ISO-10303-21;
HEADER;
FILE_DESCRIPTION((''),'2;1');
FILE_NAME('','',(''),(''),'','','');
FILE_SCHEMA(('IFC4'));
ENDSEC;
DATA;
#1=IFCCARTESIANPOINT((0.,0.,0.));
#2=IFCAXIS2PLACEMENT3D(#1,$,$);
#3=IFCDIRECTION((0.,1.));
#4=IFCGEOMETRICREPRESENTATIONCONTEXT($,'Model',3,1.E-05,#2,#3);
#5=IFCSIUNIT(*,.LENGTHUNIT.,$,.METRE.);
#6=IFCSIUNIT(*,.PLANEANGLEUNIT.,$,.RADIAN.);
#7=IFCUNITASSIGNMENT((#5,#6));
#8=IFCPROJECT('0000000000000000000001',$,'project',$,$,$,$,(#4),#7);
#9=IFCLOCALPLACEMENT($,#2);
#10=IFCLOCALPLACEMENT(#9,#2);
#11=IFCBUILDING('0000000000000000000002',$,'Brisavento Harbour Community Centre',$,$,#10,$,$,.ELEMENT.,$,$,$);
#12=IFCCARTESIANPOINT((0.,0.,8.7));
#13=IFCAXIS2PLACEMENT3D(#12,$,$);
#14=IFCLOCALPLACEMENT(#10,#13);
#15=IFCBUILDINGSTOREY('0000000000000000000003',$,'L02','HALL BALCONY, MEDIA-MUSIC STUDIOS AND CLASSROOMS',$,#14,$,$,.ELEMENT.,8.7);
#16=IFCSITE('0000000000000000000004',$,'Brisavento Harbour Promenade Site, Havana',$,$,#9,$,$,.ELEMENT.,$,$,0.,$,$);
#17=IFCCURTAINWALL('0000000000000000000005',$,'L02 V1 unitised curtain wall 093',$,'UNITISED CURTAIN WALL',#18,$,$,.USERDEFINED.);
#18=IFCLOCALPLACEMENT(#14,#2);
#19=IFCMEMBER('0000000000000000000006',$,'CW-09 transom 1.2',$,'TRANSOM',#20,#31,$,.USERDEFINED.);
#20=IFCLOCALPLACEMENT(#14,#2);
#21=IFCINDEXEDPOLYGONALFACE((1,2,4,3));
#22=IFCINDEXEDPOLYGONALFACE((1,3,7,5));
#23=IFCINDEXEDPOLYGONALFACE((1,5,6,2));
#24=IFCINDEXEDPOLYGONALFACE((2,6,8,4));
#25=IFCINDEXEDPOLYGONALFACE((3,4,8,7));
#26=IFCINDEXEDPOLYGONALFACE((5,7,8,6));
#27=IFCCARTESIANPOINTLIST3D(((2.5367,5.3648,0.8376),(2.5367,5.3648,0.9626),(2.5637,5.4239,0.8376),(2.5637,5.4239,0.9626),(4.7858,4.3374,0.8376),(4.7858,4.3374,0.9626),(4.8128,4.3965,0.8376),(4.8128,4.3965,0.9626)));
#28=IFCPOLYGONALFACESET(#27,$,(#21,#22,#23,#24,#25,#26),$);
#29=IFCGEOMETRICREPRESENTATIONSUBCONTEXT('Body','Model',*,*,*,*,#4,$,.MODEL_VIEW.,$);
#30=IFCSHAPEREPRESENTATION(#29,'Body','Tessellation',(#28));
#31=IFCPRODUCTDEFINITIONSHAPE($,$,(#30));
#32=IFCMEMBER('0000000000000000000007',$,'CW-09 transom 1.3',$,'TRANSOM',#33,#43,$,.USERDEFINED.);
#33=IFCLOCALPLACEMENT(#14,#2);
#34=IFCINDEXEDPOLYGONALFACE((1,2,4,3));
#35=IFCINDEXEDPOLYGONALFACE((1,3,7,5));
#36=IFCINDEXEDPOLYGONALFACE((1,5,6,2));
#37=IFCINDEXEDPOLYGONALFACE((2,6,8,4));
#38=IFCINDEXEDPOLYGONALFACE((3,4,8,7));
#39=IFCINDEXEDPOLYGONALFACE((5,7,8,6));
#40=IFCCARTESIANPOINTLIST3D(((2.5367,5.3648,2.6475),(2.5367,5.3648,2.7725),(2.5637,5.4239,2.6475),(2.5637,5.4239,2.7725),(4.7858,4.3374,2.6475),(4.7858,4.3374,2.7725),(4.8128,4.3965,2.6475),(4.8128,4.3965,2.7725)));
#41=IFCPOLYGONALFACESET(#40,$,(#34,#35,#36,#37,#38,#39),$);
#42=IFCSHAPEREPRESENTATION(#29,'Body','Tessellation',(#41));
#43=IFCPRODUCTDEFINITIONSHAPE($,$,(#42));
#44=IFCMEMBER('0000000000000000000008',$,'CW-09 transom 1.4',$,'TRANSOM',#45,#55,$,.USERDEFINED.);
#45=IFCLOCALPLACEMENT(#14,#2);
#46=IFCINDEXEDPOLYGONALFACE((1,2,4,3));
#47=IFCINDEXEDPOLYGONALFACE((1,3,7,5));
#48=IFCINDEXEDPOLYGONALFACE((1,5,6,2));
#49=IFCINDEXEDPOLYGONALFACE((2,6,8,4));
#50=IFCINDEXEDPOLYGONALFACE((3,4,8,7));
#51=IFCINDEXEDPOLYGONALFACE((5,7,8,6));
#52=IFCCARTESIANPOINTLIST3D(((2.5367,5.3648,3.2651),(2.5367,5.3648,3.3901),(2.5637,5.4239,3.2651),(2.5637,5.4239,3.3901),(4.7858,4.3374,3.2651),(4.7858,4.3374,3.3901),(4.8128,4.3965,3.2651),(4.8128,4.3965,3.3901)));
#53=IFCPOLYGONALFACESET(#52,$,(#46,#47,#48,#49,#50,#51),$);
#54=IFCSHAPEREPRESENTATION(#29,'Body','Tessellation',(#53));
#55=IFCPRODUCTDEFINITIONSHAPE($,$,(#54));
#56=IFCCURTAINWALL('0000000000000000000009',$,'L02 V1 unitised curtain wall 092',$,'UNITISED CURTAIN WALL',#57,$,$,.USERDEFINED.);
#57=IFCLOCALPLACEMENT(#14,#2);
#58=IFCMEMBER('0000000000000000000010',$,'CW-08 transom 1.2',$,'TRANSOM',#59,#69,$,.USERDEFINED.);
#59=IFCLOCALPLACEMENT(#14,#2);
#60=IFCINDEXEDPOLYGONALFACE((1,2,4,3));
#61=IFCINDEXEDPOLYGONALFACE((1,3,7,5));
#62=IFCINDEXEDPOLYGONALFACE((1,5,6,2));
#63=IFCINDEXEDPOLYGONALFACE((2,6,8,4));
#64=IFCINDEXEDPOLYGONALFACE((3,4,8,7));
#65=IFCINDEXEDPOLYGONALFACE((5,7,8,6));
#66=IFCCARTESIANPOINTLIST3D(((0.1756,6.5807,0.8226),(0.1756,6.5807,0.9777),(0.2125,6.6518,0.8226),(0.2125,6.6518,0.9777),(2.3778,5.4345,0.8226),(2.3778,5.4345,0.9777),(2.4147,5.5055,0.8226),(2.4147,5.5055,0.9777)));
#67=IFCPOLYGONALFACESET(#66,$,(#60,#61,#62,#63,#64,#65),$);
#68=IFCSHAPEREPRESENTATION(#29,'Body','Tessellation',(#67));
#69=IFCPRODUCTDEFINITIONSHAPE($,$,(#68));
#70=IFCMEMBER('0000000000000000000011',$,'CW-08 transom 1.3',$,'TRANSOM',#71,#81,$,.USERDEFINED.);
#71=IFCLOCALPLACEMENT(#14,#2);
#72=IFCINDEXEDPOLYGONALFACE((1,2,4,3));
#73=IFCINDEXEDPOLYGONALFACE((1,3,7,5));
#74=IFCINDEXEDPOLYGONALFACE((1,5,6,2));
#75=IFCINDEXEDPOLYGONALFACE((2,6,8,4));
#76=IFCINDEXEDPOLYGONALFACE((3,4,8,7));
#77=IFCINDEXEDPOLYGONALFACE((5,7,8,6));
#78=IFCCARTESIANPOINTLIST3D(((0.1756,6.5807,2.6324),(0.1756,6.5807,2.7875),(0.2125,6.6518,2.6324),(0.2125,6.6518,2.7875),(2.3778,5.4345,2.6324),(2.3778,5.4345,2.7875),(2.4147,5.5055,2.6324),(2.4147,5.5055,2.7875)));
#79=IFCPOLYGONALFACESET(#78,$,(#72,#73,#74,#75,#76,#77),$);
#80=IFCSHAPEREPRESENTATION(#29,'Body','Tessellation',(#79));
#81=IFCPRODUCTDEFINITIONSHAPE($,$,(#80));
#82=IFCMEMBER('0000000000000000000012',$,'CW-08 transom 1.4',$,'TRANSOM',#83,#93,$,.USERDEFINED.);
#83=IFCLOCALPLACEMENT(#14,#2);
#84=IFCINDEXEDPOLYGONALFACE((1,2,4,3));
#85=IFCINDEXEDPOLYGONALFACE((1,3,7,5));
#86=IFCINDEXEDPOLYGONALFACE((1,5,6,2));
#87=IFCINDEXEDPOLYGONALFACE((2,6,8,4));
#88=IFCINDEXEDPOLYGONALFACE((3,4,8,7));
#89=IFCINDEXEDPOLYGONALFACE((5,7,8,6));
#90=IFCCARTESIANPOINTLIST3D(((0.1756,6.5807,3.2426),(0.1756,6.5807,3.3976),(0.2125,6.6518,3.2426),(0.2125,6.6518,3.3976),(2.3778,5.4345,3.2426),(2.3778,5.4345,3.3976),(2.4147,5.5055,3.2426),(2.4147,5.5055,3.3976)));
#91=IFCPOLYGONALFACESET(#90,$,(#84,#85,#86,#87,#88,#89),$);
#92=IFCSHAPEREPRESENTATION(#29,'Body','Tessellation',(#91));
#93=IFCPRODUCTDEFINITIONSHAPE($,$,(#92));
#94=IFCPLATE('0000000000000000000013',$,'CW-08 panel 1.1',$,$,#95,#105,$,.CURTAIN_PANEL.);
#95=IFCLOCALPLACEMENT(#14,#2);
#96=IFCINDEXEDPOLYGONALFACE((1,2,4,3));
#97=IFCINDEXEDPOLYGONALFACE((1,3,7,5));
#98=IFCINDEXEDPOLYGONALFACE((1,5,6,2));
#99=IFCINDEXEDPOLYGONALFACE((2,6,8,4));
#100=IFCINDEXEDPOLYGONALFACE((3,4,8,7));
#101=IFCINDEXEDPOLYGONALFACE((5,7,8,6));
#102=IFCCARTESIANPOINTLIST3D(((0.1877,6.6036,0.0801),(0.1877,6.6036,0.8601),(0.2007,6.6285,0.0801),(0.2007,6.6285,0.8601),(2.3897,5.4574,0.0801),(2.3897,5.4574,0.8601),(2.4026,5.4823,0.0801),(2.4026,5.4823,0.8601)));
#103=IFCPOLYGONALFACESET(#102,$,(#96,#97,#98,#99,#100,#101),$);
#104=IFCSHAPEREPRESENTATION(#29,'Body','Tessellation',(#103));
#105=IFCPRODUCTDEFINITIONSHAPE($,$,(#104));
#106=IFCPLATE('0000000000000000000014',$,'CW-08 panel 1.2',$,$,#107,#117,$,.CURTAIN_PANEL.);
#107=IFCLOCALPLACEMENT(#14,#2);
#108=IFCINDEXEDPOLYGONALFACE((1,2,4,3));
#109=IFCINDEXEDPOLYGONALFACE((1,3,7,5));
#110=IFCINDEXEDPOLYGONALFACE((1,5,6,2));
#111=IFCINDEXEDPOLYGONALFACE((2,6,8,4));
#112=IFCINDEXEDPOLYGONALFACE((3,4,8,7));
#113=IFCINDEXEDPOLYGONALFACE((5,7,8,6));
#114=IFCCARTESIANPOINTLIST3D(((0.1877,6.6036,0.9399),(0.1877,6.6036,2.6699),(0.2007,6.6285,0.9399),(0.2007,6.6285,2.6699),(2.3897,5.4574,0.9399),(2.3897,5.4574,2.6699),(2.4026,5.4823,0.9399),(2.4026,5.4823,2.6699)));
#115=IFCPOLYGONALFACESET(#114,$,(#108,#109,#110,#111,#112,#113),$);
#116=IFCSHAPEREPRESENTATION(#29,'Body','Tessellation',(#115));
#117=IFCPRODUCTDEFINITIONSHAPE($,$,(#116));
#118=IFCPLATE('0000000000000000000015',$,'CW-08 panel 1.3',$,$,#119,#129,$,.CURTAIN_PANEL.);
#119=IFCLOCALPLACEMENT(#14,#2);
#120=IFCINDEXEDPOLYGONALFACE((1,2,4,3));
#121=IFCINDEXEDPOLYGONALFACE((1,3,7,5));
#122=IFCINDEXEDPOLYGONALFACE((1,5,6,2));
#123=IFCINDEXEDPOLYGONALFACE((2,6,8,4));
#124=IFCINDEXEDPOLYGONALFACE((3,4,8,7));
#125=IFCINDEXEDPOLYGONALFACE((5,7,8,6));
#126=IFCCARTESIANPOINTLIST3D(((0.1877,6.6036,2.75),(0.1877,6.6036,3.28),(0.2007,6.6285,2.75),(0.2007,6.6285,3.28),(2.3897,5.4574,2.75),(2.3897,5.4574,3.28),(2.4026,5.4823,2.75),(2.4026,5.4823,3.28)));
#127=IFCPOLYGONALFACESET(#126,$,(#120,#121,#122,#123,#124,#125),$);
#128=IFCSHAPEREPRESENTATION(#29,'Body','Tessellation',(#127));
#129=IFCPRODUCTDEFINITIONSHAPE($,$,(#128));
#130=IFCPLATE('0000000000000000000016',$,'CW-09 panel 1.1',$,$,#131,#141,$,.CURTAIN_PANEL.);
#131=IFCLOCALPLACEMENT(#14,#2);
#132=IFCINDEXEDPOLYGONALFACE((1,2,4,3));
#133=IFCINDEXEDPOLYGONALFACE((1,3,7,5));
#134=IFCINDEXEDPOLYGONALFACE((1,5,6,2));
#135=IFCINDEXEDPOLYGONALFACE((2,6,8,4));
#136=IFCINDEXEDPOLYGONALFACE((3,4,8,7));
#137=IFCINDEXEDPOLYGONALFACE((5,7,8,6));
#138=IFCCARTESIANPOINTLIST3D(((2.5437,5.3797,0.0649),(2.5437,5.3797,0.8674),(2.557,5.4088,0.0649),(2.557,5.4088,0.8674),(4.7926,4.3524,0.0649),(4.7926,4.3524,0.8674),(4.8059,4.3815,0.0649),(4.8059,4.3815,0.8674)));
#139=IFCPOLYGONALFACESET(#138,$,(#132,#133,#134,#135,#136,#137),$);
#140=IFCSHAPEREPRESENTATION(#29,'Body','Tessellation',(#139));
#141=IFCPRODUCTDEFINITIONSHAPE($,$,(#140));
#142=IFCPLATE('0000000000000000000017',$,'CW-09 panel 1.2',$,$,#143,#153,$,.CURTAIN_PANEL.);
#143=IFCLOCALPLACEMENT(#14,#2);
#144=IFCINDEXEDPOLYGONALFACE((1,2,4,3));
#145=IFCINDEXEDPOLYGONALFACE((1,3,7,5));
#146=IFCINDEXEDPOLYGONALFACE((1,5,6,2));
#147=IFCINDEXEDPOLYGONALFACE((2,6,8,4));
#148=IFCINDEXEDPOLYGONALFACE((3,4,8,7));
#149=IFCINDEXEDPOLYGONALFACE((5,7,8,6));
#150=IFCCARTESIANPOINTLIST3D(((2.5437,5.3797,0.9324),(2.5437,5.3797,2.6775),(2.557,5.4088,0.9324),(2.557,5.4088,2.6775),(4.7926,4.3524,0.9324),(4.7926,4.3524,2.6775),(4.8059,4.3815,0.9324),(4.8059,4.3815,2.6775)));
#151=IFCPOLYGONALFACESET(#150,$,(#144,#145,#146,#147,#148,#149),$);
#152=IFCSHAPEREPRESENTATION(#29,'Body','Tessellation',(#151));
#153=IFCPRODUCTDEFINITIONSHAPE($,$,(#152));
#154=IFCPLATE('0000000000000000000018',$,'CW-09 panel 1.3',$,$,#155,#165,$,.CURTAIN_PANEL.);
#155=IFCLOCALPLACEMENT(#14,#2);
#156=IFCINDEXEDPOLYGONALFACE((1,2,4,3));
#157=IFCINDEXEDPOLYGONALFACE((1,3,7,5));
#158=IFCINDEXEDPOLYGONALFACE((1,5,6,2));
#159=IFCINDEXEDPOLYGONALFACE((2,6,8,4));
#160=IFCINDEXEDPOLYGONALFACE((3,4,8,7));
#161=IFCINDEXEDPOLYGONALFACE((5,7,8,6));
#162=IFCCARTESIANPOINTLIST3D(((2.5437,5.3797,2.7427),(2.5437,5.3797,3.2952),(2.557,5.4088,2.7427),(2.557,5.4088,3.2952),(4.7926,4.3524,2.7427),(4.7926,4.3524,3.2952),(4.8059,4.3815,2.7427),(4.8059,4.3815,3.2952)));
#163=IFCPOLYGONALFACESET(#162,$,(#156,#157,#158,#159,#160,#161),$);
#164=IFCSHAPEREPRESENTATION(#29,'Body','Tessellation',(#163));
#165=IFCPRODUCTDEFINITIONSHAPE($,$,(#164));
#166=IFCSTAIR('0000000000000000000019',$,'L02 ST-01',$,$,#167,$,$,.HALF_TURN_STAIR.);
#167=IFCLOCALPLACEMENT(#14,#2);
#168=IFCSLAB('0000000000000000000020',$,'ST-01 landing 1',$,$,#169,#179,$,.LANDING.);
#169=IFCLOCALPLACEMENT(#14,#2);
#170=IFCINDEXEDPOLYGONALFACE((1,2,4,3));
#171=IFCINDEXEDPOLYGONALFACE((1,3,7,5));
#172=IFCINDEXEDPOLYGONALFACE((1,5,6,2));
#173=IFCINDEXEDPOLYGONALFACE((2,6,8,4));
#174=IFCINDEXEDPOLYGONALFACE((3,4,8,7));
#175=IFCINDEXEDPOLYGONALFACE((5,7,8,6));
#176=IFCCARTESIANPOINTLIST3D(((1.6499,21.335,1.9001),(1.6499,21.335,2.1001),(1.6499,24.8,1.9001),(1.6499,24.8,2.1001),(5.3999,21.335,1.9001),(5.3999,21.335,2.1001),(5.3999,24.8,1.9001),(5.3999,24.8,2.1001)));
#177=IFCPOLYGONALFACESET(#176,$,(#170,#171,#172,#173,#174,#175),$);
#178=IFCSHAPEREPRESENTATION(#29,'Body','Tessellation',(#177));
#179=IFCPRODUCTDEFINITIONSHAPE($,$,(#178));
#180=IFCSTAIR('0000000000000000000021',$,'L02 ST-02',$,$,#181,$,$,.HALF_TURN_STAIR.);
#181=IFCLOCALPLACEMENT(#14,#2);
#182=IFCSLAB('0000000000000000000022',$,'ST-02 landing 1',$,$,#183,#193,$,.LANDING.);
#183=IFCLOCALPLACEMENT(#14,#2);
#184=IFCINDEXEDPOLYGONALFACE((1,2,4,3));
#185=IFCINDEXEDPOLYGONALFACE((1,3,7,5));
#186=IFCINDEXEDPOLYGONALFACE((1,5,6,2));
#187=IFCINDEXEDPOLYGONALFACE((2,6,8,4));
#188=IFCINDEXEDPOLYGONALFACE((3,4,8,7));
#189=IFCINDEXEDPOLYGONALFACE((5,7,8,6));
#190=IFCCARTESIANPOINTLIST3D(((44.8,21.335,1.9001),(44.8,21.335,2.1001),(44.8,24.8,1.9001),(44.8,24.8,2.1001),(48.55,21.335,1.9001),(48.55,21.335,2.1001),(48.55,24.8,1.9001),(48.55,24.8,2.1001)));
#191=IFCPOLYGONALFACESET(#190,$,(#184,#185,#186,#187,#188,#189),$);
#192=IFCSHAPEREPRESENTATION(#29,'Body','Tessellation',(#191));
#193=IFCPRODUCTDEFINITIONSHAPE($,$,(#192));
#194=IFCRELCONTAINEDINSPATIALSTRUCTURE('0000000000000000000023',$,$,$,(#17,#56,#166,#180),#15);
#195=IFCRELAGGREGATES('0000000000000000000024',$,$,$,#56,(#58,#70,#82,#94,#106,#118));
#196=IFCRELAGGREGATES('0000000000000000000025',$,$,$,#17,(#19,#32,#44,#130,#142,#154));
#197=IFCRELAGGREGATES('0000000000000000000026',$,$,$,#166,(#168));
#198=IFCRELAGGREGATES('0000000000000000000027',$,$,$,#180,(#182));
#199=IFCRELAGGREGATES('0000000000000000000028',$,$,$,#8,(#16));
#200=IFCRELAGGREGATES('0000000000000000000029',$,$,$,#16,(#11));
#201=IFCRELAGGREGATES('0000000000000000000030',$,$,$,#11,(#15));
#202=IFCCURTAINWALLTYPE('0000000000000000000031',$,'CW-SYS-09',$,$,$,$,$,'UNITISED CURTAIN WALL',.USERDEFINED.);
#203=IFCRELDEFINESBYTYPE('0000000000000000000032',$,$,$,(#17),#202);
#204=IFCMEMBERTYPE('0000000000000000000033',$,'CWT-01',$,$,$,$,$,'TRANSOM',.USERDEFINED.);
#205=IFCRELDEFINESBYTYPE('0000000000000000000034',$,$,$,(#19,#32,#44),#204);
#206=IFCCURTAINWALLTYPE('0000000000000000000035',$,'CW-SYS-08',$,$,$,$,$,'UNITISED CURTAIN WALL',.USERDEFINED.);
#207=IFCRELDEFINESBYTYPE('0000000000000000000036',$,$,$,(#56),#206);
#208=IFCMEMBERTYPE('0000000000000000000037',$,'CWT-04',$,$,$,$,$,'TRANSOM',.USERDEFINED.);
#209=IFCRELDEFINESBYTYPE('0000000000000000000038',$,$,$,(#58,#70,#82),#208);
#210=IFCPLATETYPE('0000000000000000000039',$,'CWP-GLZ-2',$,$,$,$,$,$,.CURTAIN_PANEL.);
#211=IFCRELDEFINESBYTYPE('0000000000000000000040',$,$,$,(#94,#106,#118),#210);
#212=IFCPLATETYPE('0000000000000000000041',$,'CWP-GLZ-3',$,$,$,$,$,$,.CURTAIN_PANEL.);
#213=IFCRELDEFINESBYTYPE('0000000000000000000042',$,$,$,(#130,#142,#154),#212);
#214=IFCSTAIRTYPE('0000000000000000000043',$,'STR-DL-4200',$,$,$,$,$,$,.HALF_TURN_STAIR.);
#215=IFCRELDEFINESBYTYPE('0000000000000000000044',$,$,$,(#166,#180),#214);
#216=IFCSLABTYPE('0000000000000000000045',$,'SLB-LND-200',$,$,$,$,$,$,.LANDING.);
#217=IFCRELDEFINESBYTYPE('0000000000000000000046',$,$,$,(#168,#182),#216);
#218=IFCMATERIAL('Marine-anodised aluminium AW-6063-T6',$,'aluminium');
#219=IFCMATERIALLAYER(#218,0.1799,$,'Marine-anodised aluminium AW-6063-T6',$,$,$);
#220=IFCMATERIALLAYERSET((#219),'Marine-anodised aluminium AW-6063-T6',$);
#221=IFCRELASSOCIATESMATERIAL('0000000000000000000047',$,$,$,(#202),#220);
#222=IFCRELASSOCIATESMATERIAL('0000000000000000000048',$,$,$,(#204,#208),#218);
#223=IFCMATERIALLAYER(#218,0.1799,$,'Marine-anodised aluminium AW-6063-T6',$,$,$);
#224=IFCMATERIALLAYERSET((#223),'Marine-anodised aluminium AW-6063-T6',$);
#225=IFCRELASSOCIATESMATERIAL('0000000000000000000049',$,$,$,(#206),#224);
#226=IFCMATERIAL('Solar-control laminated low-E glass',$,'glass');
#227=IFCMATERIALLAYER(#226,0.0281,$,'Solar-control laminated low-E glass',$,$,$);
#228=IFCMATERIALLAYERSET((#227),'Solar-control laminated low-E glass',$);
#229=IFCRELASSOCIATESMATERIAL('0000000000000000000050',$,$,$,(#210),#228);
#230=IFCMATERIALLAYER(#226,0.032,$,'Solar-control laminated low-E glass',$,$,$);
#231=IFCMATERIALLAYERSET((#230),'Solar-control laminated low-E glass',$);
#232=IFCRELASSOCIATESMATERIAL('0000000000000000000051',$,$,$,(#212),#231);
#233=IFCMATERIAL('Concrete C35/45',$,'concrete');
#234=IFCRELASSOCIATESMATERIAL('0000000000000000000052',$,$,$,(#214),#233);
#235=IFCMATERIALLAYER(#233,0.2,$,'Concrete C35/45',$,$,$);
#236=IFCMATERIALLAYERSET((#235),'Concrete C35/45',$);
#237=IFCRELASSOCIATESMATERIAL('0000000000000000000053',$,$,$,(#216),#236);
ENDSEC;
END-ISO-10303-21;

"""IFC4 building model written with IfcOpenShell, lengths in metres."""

from ifc_helpers import new_model, si_unit, direction, frame, origin, origin_2d, place, context, subcontext, project, spatial, polyline, rectangle, outline, extrude, material, layer, layer_set, material_profile, profile_set, type_object, element, aggregate, save


model = new_model("IFC4")

# Units and contexts
model_context = context("Model", 3, precision=1e-05, world=origin(), true_north=direction((0.0, 1.0)))
body_context = subcontext(model_context, "Body", "Model", "MODEL_VIEW")
ifc_project = project(units=[si_unit("LENGTHUNIT", "METRE"), si_unit("PLANEANGLEUNIT", "RADIAN")], contexts=[model_context])

# Site, building, storey
site_placement = place(None, origin())
site = spatial("IfcSite", under=ifc_project, at=site_placement, Name="Brisavento Harbour Promenade Site, Havana", CompositionType="ELEMENT", RefElevation=0.0)
building_placement = place(site_placement, origin())
building = spatial("IfcBuilding", under=site, at=building_placement, Name="Brisavento Harbour Community Centre", CompositionType="ELEMENT")
storey_placement = place(building_placement, frame((0.0, 0.0, 8.7)))
storey = spatial("IfcBuildingStorey", under=building, at=storey_placement, Name="L02", Description="HALL BALCONY, MEDIA-MUSIC STUDIOS AND CLASSROOMS", CompositionType="ELEMENT", Elevation=8.7)

# Curtain wall, members
ifc_material_1 = material(Name="Marine-anodised aluminium AW-6063-T6", Category="aluminium")
ifc_layer_1 = layer(ifc_material_1, 0.1799, Name="Marine-anodised aluminium AW-6063-T6")
ifc_layer_set_1 = layer_set([ifc_layer_1], Name="Marine-anodised aluminium AW-6063-T6")
curtain_wall_type_1 = type_object("IfcCurtainWallType", Name="CW-SYS-09", ElementType="UNITISED CURTAIN WALL", PredefinedType="USERDEFINED", material=ifc_layer_set_1)
curtain_wall_1_placement = place(storey_placement, origin())
curtain_wall_1 = element("IfcCurtainWall", 1, at=curtain_wall_1_placement, inside=storey, type_object=curtain_wall_type_1, Name="L02 V1 unitised curtain wall 093", ObjectType="UNITISED CURTAIN WALL", PredefinedType="USERDEFINED")
ifc_material_profile_1 = material_profile(ifc_material_1, rectangle(XDim=0.0649, YDim=0.125, at=origin_2d()), Name="Marine-anodised aluminium AW-6063-T6")
ifc_profile_set_1 = profile_set([ifc_material_profile_1], Name="Marine-anodised aluminium AW-6063-T6")
member_type_1 = type_object("IfcMemberType", Name="CWT-01", ElementType="TRANSOM", PredefinedType="USERDEFINED", material=ifc_profile_set_1)
member_1_placement = place(storey_placement, frame((4.7993, 4.3669, 0.9001), z_axis=(-0.909594, 0.415498, 0.0), x_axis=(-0.415498, -0.909594, 0.0)))
member_1 = element("IfcMember", 2, at=member_1_placement, type_object=member_type_1, Name="CW-09 transom 1.2", ObjectType="TRANSOM", PredefinedType="USERDEFINED", context=body_context, shape_type="SweptSolid", body=[
    extrude(rectangle(XDim=0.0649, YDim=0.125, at=origin_2d()), origin(), (0.0, 0.0, 1.0), 2.4727),
])
member_2_placement = place(storey_placement, frame((4.7993, 4.3669, 2.71), z_axis=(-0.909594, 0.415498, 0.0), x_axis=(-0.415498, -0.909594, 0.0)))
member_2 = element("IfcMember", 3, at=member_2_placement, type_object=member_type_1, Name="CW-09 transom 1.3", ObjectType="TRANSOM", PredefinedType="USERDEFINED", context=body_context, shape_type="SweptSolid", body=[
    extrude(rectangle(XDim=0.0649, YDim=0.125, at=origin_2d()), origin(), (0.0, 0.0, 1.0), 2.4727),
])
member_3_placement = place(storey_placement, frame((4.7993, 4.3669, 3.3276), z_axis=(-0.909594, 0.415498, 0.0), x_axis=(-0.415498, -0.909594, 0.0)))
member_3 = element("IfcMember", 4, at=member_3_placement, type_object=member_type_1, Name="CW-09 transom 1.4", ObjectType="TRANSOM", PredefinedType="USERDEFINED", context=body_context, shape_type="SweptSolid", body=[
    extrude(rectangle(XDim=0.0649, YDim=0.125, at=origin_2d()), origin(), (0.0, 0.0, 1.0), 2.4727),
])

# Curtain wall, members, plates
ifc_layer_2 = layer(ifc_material_1, 0.1799, Name="Marine-anodised aluminium AW-6063-T6")
ifc_layer_set_2 = layer_set([ifc_layer_2], Name="Marine-anodised aluminium AW-6063-T6")
curtain_wall_type_2 = type_object("IfcCurtainWallType", Name="CW-SYS-08", ElementType="UNITISED CURTAIN WALL", PredefinedType="USERDEFINED", material=ifc_layer_set_2)
curtain_wall_2_placement = place(storey_placement, origin())
curtain_wall_2 = element("IfcCurtainWall", 5, at=curtain_wall_2_placement, inside=storey, type_object=curtain_wall_type_2, Name="L02 V1 unitised curtain wall 092", ObjectType="UNITISED CURTAIN WALL", PredefinedType="USERDEFINED")
ifc_material_profile_2 = material_profile(ifc_material_1, rectangle(XDim=0.0801, YDim=0.155, at=origin_2d()), Name="Marine-anodised aluminium AW-6063-T6")
ifc_profile_set_2 = profile_set([ifc_material_profile_2], Name="Marine-anodised aluminium AW-6063-T6")
member_type_2 = type_object("IfcMemberType", Name="CWT-04", ElementType="TRANSOM", PredefinedType="USERDEFINED", material=ifc_profile_set_2)
member_4_placement = place(storey_placement, frame((2.3962, 5.47, 0.9001), z_axis=(-0.887032, 0.461709, 0.0), x_axis=(-0.461709, -0.887032, 0.0)))
member_4 = element("IfcMember", 6, at=member_4_placement, type_object=member_type_2, Name="CW-08 transom 1.2", ObjectType="TRANSOM", PredefinedType="USERDEFINED", context=body_context, shape_type="SweptSolid", body=[
    extrude(rectangle(XDim=0.0801, YDim=0.155, at=origin_2d()), origin(), (0.0, 0.0, 1.0), 2.4827),
])
member_5_placement = place(storey_placement, frame((2.3962, 5.47, 2.71), z_axis=(-0.887032, 0.461709, 0.0), x_axis=(-0.461709, -0.887032, 0.0)))
member_5 = element("IfcMember", 7, at=member_5_placement, type_object=member_type_2, Name="CW-08 transom 1.3", ObjectType="TRANSOM", PredefinedType="USERDEFINED", context=body_context, shape_type="SweptSolid", body=[
    extrude(rectangle(XDim=0.0801, YDim=0.155, at=origin_2d()), origin(), (0.0, 0.0, 1.0), 2.4827),
])
member_6_placement = place(storey_placement, frame((2.3962, 5.47, 3.3201), z_axis=(-0.887032, 0.461709, 0.0), x_axis=(-0.461709, -0.887032, 0.0)))
member_6 = element("IfcMember", 8, at=member_6_placement, type_object=member_type_2, Name="CW-08 transom 1.4", ObjectType="TRANSOM", PredefinedType="USERDEFINED", context=body_context, shape_type="SweptSolid", body=[
    extrude(rectangle(XDim=0.0801, YDim=0.155, at=origin_2d()), origin(), (0.0, 0.0, 1.0), 2.4827),
])
ifc_material_2 = material(Name="Solar-control laminated low-E glass", Category="glass")
ifc_layer_3 = layer(ifc_material_2, 0.0281, Name="Solar-control laminated low-E glass")
ifc_layer_set_3 = layer_set([ifc_layer_3], Name="Solar-control laminated low-E glass")
plate_type_1 = type_object("IfcPlateType", Name="CWP-GLZ-2", PredefinedType="CURTAIN_PANEL", material=ifc_layer_set_3)
plate_1_placement = place(storey_placement, frame((1.2952, 6.043, 0.0801), z_axis=(0.0, 0.0, 1.0), x_axis=(-0.88702, 0.461732, 0.0)))
plate_1 = element("IfcPlate", 9, at=plate_1_placement, type_object=plate_type_1, Name="CW-08 panel 1.1", PredefinedType="CURTAIN_PANEL", context=body_context, shape_type="SweptSolid", body=[
    extrude(rectangle(XDim=2.4824, YDim=0.0281, at=origin_2d()), origin(), (0.0, 0.0, 1.0), 0.78),
])
plate_2_placement = place(storey_placement, frame((1.2952, 6.043, 0.9399), z_axis=(0.0, 0.0, 1.0), x_axis=(-0.88702, 0.461732, 0.0)))
plate_2 = element("IfcPlate", 10, at=plate_2_placement, type_object=plate_type_1, Name="CW-08 panel 1.2", PredefinedType="CURTAIN_PANEL", context=body_context, shape_type="SweptSolid", body=[
    extrude(rectangle(XDim=2.4824, YDim=0.0281, at=origin_2d()), origin(), (0.0, 0.0, 1.0), 1.73),
])
plate_3_placement = place(storey_placement, frame((1.2952, 6.043, 2.75), z_axis=(0.0, 0.0, 1.0), x_axis=(-0.88702, 0.461732, 0.0)))
plate_3 = element("IfcPlate", 11, at=plate_3_placement, type_object=plate_type_1, Name="CW-08 panel 1.3", PredefinedType="CURTAIN_PANEL", context=body_context, shape_type="SweptSolid", body=[
    extrude(rectangle(XDim=2.4824, YDim=0.0281, at=origin_2d()), origin(), (0.0, 0.0, 1.0), 0.53),
])
aggregate(curtain_wall_2, [member_4, member_5, member_6, plate_1, plate_2, plate_3])

# Plates
ifc_layer_4 = layer(ifc_material_2, 0.032, Name="Solar-control laminated low-E glass")
ifc_layer_set_4 = layer_set([ifc_layer_4], Name="Solar-control laminated low-E glass")
plate_type_2 = type_object("IfcPlateType", Name="CWP-GLZ-3", PredefinedType="CURTAIN_PANEL", material=ifc_layer_set_4)
plate_4_placement = place(storey_placement, frame((3.6748, 4.8806, 0.0649), z_axis=(0.0, 0.0, 1.0), x_axis=(-0.909598, 0.41549, 0.0)))
plate_4 = element("IfcPlate", 12, at=plate_4_placement, type_object=plate_type_2, Name="CW-09 panel 1.1", PredefinedType="CURTAIN_PANEL", context=body_context, shape_type="SweptSolid", body=[
    extrude(rectangle(XDim=2.4724, YDim=0.032, at=origin_2d()), origin(), (0.0, 0.0, 1.0), 0.8025),
])
plate_5_placement = place(storey_placement, frame((3.6748, 4.8806, 0.9324), z_axis=(0.0, 0.0, 1.0), x_axis=(-0.909598, 0.41549, 0.0)))
plate_5 = element("IfcPlate", 13, at=plate_5_placement, type_object=plate_type_2, Name="CW-09 panel 1.2", PredefinedType="CURTAIN_PANEL", context=body_context, shape_type="SweptSolid", body=[
    extrude(rectangle(XDim=2.4724, YDim=0.032, at=origin_2d()), origin(), (0.0, 0.0, 1.0), 1.7451),
])
plate_6_placement = place(storey_placement, frame((3.6748, 4.8806, 2.7427), z_axis=(0.0, 0.0, 1.0), x_axis=(-0.909598, 0.41549, 0.0)))
plate_6 = element("IfcPlate", 14, at=plate_6_placement, type_object=plate_type_2, Name="CW-09 panel 1.3", PredefinedType="CURTAIN_PANEL", context=body_context, shape_type="SweptSolid", body=[
    extrude(rectangle(XDim=2.4724, YDim=0.032, at=origin_2d()), origin(), (0.0, 0.0, 1.0), 0.5525),
])
aggregate(curtain_wall_1, [member_1, member_2, member_3, plate_4, plate_5, plate_6])

# Stairs, slabs
ifc_material_3 = material(Name="Concrete C35/45", Category="concrete")
stair_type_1 = type_object("IfcStairType", Name="STR-DL-4200", PredefinedType="HALF_TURN_STAIR", material=ifc_material_3)
stair_1_placement = place(storey_placement, origin())
stair_1 = element("IfcStair", 15, at=stair_1_placement, inside=storey, type_object=stair_type_1, Name="L02 ST-01", PredefinedType="HALF_TURN_STAIR")
ifc_layer_5 = layer(ifc_material_3, 0.2, Name="Concrete C35/45")
ifc_layer_set_5 = layer_set([ifc_layer_5], Name="Concrete C35/45")
slab_type = type_object("IfcSlabType", Name="SLB-LND-200", PredefinedType="LANDING", material=ifc_layer_set_5)
slab_1_placement = place(storey_placement, frame((0.0, 0.0, 1.9001)))
slab_1 = element("IfcSlab", 16, at=slab_1_placement, type_object=slab_type, Name="ST-01 landing 1", PredefinedType="LANDING", context=body_context, shape_type="SweptSolid", body=[
    extrude(outline(polyline([(5.3999, 21.335), (5.3999, 24.8), (1.6499, 24.8), (1.6499, 21.335), (5.3999, 21.335)])), origin(), (0.0, 0.0, 1.0), 0.2),
])
aggregate(stair_1, [slab_1])
stair_2_placement = place(storey_placement, origin())
stair_2 = element("IfcStair", 17, at=stair_2_placement, inside=storey, type_object=stair_type_1, Name="L02 ST-02", PredefinedType="HALF_TURN_STAIR")
slab_2_placement = place(storey_placement, frame((0.0, 0.0, 1.9001)))
slab_2 = element("IfcSlab", 18, at=slab_2_placement, type_object=slab_type, Name="ST-02 landing 1", PredefinedType="LANDING", context=body_context, shape_type="SweptSolid", body=[
    extrude(outline(polyline([(48.55, 21.335), (48.55, 24.8), (44.8, 24.8), (44.8, 21.335), (48.55, 21.335)])), origin(), (0.0, 0.0, 1.0), 0.2),
])
aggregate(stair_2, [slab_2])

save(model, "model.ifc")
